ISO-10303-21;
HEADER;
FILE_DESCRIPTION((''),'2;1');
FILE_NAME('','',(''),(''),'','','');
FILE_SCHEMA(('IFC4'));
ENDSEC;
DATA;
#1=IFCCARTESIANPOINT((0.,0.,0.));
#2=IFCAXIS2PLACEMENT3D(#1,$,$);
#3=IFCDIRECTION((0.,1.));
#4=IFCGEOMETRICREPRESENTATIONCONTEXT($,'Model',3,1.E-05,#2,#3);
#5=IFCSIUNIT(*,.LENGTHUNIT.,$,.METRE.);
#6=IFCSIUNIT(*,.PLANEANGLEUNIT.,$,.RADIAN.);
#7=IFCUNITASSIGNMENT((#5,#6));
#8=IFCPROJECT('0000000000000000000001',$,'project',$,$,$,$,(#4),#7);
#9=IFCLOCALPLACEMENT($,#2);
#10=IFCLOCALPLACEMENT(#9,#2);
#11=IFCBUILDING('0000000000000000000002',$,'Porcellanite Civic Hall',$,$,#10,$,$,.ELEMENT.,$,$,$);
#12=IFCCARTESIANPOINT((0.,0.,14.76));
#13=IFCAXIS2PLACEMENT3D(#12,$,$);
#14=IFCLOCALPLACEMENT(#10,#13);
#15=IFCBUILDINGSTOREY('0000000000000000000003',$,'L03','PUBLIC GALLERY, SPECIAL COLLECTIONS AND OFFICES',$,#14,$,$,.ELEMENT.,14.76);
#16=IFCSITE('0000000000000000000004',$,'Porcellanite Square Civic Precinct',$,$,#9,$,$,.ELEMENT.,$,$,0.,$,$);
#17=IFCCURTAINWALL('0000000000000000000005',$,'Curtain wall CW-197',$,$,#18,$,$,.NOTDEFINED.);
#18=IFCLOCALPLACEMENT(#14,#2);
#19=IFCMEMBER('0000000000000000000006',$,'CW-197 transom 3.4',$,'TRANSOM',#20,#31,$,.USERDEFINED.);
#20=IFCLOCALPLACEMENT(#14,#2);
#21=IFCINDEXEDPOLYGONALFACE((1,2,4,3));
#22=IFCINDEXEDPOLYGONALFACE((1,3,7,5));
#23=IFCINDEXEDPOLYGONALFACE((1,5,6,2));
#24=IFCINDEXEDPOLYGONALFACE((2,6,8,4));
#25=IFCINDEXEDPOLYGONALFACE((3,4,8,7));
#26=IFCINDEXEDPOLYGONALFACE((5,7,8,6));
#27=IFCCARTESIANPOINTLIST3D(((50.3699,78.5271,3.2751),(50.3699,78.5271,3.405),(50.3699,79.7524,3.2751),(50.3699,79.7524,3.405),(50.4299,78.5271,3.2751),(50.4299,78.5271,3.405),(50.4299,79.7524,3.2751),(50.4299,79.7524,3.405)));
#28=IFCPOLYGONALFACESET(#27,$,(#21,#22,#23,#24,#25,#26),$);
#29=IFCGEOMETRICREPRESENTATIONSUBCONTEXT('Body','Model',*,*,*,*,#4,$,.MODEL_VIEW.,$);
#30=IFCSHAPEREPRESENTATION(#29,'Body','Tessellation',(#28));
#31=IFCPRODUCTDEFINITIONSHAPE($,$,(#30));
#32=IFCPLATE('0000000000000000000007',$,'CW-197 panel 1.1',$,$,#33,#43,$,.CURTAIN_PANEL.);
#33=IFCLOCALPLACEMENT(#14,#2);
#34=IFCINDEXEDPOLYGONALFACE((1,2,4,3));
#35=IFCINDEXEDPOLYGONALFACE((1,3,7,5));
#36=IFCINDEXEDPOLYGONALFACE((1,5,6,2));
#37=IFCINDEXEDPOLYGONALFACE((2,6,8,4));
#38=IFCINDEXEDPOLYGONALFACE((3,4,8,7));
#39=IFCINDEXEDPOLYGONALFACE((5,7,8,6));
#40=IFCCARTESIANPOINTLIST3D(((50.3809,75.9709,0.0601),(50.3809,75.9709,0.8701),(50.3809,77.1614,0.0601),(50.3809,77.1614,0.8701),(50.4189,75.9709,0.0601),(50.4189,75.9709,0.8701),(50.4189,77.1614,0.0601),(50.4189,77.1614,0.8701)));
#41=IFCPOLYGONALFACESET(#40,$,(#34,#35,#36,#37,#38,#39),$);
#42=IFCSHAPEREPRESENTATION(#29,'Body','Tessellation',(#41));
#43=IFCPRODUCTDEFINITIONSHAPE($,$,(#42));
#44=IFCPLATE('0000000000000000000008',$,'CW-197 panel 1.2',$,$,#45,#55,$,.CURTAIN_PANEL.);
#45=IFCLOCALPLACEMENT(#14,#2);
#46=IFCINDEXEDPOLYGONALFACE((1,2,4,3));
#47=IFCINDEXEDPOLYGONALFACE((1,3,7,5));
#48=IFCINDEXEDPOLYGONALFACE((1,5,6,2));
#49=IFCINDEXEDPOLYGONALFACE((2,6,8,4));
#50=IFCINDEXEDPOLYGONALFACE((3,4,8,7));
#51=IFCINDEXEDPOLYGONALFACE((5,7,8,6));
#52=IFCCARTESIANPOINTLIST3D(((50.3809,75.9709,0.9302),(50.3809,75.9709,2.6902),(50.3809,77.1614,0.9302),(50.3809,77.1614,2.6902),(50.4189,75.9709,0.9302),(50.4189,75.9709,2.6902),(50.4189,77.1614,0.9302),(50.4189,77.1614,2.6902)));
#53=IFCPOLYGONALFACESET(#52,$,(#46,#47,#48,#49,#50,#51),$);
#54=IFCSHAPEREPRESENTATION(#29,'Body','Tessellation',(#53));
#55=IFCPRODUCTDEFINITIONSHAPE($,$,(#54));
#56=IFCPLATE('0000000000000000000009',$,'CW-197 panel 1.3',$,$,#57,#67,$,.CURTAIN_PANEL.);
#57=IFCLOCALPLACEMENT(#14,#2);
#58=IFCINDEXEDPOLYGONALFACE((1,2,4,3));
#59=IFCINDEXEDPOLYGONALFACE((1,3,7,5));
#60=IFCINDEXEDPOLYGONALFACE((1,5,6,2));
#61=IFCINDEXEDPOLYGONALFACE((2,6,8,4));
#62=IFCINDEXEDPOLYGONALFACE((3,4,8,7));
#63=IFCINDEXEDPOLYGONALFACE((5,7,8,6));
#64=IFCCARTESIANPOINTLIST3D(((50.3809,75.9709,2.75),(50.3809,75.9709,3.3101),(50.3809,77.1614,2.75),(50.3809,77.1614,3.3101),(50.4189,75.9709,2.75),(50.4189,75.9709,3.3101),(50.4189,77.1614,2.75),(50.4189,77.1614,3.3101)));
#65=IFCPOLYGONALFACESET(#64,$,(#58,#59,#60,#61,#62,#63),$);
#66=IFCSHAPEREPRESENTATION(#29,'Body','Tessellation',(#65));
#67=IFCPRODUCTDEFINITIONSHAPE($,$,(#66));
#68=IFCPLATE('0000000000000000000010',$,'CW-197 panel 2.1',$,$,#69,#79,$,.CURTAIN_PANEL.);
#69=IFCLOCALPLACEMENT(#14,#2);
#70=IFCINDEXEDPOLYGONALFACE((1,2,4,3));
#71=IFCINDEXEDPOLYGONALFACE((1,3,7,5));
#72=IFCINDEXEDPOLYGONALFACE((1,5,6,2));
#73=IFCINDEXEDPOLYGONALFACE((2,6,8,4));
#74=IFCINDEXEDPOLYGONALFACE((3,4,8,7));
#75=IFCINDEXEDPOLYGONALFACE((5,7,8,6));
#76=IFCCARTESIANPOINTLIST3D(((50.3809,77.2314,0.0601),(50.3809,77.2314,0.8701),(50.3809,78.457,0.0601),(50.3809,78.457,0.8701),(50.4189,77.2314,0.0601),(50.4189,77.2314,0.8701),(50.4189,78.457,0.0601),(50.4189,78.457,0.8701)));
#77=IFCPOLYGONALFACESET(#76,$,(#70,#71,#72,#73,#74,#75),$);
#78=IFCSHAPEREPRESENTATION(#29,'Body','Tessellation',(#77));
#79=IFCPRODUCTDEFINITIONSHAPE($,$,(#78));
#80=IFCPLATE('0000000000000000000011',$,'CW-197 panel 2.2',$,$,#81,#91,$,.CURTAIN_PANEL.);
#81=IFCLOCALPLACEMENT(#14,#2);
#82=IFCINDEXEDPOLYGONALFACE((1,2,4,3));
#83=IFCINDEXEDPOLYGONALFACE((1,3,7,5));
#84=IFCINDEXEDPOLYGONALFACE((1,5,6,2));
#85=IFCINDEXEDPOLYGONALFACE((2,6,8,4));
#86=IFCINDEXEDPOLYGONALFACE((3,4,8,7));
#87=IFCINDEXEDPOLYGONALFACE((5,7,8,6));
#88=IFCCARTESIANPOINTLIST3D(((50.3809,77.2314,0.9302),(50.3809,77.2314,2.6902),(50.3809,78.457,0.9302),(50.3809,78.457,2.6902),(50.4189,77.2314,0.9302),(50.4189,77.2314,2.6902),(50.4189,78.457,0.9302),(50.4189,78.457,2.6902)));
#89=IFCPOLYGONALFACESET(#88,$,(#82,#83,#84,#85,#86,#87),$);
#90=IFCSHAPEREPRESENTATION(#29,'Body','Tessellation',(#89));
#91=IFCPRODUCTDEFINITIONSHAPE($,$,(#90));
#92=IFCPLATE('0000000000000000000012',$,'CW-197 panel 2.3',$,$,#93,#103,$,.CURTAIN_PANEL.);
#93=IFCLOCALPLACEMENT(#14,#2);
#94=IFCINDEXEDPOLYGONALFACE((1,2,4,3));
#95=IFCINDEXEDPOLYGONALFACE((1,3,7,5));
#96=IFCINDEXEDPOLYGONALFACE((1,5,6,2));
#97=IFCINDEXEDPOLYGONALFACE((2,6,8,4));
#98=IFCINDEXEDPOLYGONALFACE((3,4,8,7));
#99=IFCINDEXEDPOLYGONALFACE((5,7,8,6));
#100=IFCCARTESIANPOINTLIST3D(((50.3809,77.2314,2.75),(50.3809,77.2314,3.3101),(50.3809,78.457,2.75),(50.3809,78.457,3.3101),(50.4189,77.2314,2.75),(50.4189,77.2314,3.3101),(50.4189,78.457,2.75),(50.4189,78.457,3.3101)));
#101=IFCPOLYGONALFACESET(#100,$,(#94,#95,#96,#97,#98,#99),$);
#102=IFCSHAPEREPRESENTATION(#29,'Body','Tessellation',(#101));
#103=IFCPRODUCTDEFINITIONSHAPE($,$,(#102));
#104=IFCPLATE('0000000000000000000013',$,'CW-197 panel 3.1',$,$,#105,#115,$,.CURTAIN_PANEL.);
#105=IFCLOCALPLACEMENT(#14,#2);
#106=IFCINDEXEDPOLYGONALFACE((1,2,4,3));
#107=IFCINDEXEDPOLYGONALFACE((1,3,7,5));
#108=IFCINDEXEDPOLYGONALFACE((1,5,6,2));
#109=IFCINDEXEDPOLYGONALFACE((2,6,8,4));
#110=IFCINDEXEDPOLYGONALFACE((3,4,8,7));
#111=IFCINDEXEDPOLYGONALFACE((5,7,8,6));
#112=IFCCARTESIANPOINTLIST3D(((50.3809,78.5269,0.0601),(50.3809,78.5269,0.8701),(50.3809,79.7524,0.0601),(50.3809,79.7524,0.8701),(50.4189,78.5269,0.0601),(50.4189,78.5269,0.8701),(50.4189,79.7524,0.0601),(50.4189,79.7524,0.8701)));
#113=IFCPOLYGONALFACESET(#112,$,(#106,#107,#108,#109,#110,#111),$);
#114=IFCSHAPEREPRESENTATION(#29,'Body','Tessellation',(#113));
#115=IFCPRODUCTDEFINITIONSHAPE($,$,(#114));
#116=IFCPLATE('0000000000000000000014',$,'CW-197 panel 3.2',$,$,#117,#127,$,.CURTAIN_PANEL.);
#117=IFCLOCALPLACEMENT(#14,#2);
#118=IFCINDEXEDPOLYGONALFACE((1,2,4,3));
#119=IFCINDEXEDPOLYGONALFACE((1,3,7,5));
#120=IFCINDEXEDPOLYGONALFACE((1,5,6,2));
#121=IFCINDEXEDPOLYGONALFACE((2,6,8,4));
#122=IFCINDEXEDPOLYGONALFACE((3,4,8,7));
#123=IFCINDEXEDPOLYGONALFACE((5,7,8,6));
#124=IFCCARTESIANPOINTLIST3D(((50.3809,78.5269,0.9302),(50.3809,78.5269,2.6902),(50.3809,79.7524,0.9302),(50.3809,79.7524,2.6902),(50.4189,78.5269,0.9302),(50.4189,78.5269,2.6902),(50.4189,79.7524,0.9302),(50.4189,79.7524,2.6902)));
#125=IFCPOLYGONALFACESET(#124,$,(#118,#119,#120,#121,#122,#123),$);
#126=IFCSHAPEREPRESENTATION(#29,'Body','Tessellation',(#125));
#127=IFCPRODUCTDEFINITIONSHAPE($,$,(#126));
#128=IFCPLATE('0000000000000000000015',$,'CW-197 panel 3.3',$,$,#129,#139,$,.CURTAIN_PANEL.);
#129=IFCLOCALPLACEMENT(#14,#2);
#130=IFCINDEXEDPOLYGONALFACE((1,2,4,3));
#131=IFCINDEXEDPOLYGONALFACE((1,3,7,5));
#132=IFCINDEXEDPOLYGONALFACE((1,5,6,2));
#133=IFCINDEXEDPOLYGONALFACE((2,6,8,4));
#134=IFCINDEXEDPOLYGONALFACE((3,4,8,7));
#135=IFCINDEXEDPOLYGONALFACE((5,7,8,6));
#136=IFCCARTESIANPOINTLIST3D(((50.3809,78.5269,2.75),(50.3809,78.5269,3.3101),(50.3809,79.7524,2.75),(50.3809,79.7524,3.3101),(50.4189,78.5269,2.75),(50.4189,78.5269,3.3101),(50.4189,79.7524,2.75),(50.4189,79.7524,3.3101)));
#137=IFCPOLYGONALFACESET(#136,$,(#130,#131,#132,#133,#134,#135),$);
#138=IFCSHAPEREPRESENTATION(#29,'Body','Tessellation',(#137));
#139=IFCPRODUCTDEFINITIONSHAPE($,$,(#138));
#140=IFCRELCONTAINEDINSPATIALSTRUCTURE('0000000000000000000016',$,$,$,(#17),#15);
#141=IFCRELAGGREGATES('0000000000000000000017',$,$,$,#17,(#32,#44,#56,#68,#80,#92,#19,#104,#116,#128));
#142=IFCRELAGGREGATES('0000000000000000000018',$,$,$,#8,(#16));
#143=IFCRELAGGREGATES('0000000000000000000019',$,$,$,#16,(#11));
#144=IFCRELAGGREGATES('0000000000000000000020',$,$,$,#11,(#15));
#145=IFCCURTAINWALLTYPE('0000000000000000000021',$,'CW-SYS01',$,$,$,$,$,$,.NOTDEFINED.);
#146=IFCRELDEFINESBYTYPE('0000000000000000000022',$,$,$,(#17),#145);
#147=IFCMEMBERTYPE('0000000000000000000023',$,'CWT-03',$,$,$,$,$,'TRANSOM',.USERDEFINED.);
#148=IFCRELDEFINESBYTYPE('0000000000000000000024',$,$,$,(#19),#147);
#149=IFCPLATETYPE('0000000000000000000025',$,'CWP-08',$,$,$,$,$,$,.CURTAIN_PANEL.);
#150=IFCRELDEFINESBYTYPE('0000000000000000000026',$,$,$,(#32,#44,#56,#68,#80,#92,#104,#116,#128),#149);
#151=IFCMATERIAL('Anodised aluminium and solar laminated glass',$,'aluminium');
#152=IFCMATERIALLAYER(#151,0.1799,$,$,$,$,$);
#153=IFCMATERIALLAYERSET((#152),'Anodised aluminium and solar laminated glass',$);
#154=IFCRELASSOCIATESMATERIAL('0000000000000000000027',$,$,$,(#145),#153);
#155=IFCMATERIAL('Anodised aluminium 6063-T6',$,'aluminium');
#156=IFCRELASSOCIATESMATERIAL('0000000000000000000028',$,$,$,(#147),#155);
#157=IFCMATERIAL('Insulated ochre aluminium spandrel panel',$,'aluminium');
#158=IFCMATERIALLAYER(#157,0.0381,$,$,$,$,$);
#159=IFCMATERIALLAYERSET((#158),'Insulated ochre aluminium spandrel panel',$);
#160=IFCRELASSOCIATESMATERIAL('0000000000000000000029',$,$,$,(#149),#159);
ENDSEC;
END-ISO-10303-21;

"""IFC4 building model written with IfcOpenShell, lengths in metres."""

from ifc_helpers import new_model, si_unit, direction, frame, origin, origin_2d, place, context, subcontext, project, spatial, rectangle, extrude, material, layer, layer_set, material_profile, profile_set, type_object, element, aggregate, save


model = new_model("IFC4")

# Units and contexts
model_context = context("Model", 3, precision=1e-05, world=origin(), true_north=direction((0.0, 1.0)))
body_context = subcontext(model_context, "Body", "Model", "MODEL_VIEW")
ifc_project = project(units=[si_unit("LENGTHUNIT", "METRE"), si_unit("PLANEANGLEUNIT", "RADIAN")], contexts=[model_context])

# Site, building, storey
site_placement = place(None, origin())
site = spatial("IfcSite", under=ifc_project, at=site_placement, Name="Porcellanite Square Civic Precinct", CompositionType="ELEMENT", RefElevation=0.0)
building_placement = place(site_placement, origin())
building = spatial("IfcBuilding", under=site, at=building_placement, Name="Porcellanite Civic Hall", CompositionType="ELEMENT")
storey_placement = place(building_placement, frame((0.0, 0.0, 14.76)))
storey = spatial("IfcBuildingStorey", under=building, at=storey_placement, Name="L03", Description="PUBLIC GALLERY, SPECIAL COLLECTIONS AND OFFICES", CompositionType="ELEMENT", Elevation=14.76)

# Curtain wall, member, plates
ifc_material_1 = material(Name="Anodised aluminium and solar laminated glass", Category="aluminium")
ifc_layer_1 = layer(ifc_material_1, 0.1799)
ifc_layer_set_1 = layer_set([ifc_layer_1], Name="Anodised aluminium and solar laminated glass")
curtain_wall_type = type_object("IfcCurtainWallType", Name="CW-SYS01", PredefinedType="NOTDEFINED", material=ifc_layer_set_1)
curtain_wall_placement = place(storey_placement, origin())
curtain_wall = element("IfcCurtainWall", 1, at=curtain_wall_placement, inside=storey, type_object=curtain_wall_type, Name="Curtain wall CW-197", PredefinedType="NOTDEFINED")
ifc_material_2 = material(Name="Anodised aluminium 6063-T6", Category="aluminium")
ifc_material_profile_1 = material_profile(ifc_material_2, rectangle(XDim=0.0601, YDim=0.1299, at=origin_2d()), Name="AL-60x130")
ifc_profile_set_1 = profile_set([ifc_material_profile_1], Name="Anodised aluminium 6063-T6")
member_type_1 = type_object("IfcMemberType", Name="CWT-03", ElementType="TRANSOM", PredefinedType="USERDEFINED", material=ifc_profile_set_1)
member_1_placement = place(storey_placement, frame((50.3999, 78.5271, 3.3401), z_axis=(0.0, 1.0, 0.0), x_axis=(-1.0, 0.0, 0.0)))
member_1 = element("IfcMember", 2, at=member_1_placement, type_object=member_type_1, Name="CW-197 transom 3.4", ObjectType="TRANSOM", PredefinedType="USERDEFINED", context=body_context, shape_type="SweptSolid", body=[
    extrude(rectangle(XDim=0.0601, YDim=0.1299, at=origin_2d()), origin(), (0.0, 0.0, 1.0), 1.2253),
])
ifc_material_3 = material(Name="Insulated ochre aluminium spandrel panel", Category="aluminium")
ifc_layer_2 = layer(ifc_material_3, 0.0381)
ifc_layer_set_2 = layer_set([ifc_layer_2], Name="Insulated ochre aluminium spandrel panel")
plate_type = type_object("IfcPlateType", Name="CWP-08", PredefinedType="CURTAIN_PANEL", material=ifc_layer_set_2)
plate_1_placement = place(storey_placement, frame((50.3999, 76.5662, 0.0601), z_axis=(0.0, 0.0, 1.0), x_axis=(0.0, 1.0, 0.0)))
plate_1 = element("IfcPlate", 3, at=plate_1_placement, type_object=plate_type, Name="CW-197 panel 1.1", PredefinedType="CURTAIN_PANEL", context=body_context, shape_type="SweptSolid", body=[
    extrude(rectangle(XDim=1.1904, YDim=0.0381, at=origin_2d()), origin(), (0.0, 0.0, 1.0), 0.8101),
])
plate_2_placement = place(storey_placement, frame((50.3999, 76.5662, 0.9302), z_axis=(0.0, 0.0, 1.0), x_axis=(0.0, 1.0, 0.0)))
plate_2 = element("IfcPlate", 4, at=plate_2_placement, type_object=plate_type, Name="CW-197 panel 1.2", PredefinedType="CURTAIN_PANEL", context=body_context, shape_type="SweptSolid", body=[
    extrude(rectangle(XDim=1.1904, YDim=0.0381, at=origin_2d()), origin(), (0.0, 0.0, 1.0), 1.76),
])
plate_3_placement = place(storey_placement, frame((50.3999, 76.5662, 2.75), z_axis=(0.0, 0.0, 1.0), x_axis=(0.0, 1.0, 0.0)))
plate_3 = element("IfcPlate", 5, at=plate_3_placement, type_object=plate_type, Name="CW-197 panel 1.3", PredefinedType="CURTAIN_PANEL", context=body_context, shape_type="SweptSolid", body=[
    extrude(rectangle(XDim=1.1904, YDim=0.0381, at=origin_2d()), origin(), (0.0, 0.0, 1.0), 0.5601),
])
plate_4_placement = place(storey_placement, frame((50.3999, 77.8442, 0.0601), z_axis=(0.0, 0.0, 1.0), x_axis=(0.0, 1.0, 0.0)))
plate_4 = element("IfcPlate", 6, at=plate_4_placement, type_object=plate_type, Name="CW-197 panel 2.1", PredefinedType="CURTAIN_PANEL", context=body_context, shape_type="SweptSolid", body=[
    extrude(rectangle(XDim=1.2256, YDim=0.0381, at=origin_2d()), origin(), (0.0, 0.0, 1.0), 0.8101),
])
plate_5_placement = place(storey_placement, frame((50.3999, 77.8442, 0.9302), z_axis=(0.0, 0.0, 1.0), x_axis=(0.0, 1.0, 0.0)))
plate_5 = element("IfcPlate", 7, at=plate_5_placement, type_object=plate_type, Name="CW-197 panel 2.2", PredefinedType="CURTAIN_PANEL", context=body_context, shape_type="SweptSolid", body=[
    extrude(rectangle(XDim=1.2256, YDim=0.0381, at=origin_2d()), origin(), (0.0, 0.0, 1.0), 1.76),
])
plate_6_placement = place(storey_placement, frame((50.3999, 77.8442, 2.75), z_axis=(0.0, 0.0, 1.0), x_axis=(0.0, 1.0, 0.0)))
plate_6 = element("IfcPlate", 8, at=plate_6_placement, type_object=plate_type, Name="CW-197 panel 2.3", PredefinedType="CURTAIN_PANEL", context=body_context, shape_type="SweptSolid", body=[
    extrude(rectangle(XDim=1.2256, YDim=0.0381, at=origin_2d()), origin(), (0.0, 0.0, 1.0), 0.5601),
])
plate_7_placement = place(storey_placement, frame((50.3999, 79.1396, 0.0601), z_axis=(0.0, 0.0, 1.0), x_axis=(0.0, 1.0, 0.0)))
plate_7 = element("IfcPlate", 9, at=plate_7_placement, type_object=plate_type, Name="CW-197 panel 3.1", PredefinedType="CURTAIN_PANEL", context=body_context, shape_type="SweptSolid", body=[
    extrude(rectangle(XDim=1.2256, YDim=0.0381, at=origin_2d()), origin(), (0.0, 0.0, 1.0), 0.8101),
])
plate_8_placement = place(storey_placement, frame((50.3999, 79.1396, 0.9302), z_axis=(0.0, 0.0, 1.0), x_axis=(0.0, 1.0, 0.0)))
plate_8 = element("IfcPlate", 10, at=plate_8_placement, type_object=plate_type, Name="CW-197 panel 3.2", PredefinedType="CURTAIN_PANEL", context=body_context, shape_type="SweptSolid", body=[
    extrude(rectangle(XDim=1.2256, YDim=0.0381, at=origin_2d()), origin(), (0.0, 0.0, 1.0), 1.76),
])
plate_9_placement = place(storey_placement, frame((50.3999, 79.1396, 2.75), z_axis=(0.0, 0.0, 1.0), x_axis=(0.0, 1.0, 0.0)))
plate_9 = element("IfcPlate", 11, at=plate_9_placement, type_object=plate_type, Name="CW-197 panel 3.3", PredefinedType="CURTAIN_PANEL", context=body_context, shape_type="SweptSolid", body=[
    extrude(rectangle(XDim=1.2256, YDim=0.0381, at=origin_2d()), origin(), (0.0, 0.0, 1.0), 0.5601),
])
aggregate(curtain_wall, [plate_1, plate_2, plate_3, plate_4, plate_5, plate_6, member_1, plate_7, plate_8, plate_9])

save(model, "model.ifc")
